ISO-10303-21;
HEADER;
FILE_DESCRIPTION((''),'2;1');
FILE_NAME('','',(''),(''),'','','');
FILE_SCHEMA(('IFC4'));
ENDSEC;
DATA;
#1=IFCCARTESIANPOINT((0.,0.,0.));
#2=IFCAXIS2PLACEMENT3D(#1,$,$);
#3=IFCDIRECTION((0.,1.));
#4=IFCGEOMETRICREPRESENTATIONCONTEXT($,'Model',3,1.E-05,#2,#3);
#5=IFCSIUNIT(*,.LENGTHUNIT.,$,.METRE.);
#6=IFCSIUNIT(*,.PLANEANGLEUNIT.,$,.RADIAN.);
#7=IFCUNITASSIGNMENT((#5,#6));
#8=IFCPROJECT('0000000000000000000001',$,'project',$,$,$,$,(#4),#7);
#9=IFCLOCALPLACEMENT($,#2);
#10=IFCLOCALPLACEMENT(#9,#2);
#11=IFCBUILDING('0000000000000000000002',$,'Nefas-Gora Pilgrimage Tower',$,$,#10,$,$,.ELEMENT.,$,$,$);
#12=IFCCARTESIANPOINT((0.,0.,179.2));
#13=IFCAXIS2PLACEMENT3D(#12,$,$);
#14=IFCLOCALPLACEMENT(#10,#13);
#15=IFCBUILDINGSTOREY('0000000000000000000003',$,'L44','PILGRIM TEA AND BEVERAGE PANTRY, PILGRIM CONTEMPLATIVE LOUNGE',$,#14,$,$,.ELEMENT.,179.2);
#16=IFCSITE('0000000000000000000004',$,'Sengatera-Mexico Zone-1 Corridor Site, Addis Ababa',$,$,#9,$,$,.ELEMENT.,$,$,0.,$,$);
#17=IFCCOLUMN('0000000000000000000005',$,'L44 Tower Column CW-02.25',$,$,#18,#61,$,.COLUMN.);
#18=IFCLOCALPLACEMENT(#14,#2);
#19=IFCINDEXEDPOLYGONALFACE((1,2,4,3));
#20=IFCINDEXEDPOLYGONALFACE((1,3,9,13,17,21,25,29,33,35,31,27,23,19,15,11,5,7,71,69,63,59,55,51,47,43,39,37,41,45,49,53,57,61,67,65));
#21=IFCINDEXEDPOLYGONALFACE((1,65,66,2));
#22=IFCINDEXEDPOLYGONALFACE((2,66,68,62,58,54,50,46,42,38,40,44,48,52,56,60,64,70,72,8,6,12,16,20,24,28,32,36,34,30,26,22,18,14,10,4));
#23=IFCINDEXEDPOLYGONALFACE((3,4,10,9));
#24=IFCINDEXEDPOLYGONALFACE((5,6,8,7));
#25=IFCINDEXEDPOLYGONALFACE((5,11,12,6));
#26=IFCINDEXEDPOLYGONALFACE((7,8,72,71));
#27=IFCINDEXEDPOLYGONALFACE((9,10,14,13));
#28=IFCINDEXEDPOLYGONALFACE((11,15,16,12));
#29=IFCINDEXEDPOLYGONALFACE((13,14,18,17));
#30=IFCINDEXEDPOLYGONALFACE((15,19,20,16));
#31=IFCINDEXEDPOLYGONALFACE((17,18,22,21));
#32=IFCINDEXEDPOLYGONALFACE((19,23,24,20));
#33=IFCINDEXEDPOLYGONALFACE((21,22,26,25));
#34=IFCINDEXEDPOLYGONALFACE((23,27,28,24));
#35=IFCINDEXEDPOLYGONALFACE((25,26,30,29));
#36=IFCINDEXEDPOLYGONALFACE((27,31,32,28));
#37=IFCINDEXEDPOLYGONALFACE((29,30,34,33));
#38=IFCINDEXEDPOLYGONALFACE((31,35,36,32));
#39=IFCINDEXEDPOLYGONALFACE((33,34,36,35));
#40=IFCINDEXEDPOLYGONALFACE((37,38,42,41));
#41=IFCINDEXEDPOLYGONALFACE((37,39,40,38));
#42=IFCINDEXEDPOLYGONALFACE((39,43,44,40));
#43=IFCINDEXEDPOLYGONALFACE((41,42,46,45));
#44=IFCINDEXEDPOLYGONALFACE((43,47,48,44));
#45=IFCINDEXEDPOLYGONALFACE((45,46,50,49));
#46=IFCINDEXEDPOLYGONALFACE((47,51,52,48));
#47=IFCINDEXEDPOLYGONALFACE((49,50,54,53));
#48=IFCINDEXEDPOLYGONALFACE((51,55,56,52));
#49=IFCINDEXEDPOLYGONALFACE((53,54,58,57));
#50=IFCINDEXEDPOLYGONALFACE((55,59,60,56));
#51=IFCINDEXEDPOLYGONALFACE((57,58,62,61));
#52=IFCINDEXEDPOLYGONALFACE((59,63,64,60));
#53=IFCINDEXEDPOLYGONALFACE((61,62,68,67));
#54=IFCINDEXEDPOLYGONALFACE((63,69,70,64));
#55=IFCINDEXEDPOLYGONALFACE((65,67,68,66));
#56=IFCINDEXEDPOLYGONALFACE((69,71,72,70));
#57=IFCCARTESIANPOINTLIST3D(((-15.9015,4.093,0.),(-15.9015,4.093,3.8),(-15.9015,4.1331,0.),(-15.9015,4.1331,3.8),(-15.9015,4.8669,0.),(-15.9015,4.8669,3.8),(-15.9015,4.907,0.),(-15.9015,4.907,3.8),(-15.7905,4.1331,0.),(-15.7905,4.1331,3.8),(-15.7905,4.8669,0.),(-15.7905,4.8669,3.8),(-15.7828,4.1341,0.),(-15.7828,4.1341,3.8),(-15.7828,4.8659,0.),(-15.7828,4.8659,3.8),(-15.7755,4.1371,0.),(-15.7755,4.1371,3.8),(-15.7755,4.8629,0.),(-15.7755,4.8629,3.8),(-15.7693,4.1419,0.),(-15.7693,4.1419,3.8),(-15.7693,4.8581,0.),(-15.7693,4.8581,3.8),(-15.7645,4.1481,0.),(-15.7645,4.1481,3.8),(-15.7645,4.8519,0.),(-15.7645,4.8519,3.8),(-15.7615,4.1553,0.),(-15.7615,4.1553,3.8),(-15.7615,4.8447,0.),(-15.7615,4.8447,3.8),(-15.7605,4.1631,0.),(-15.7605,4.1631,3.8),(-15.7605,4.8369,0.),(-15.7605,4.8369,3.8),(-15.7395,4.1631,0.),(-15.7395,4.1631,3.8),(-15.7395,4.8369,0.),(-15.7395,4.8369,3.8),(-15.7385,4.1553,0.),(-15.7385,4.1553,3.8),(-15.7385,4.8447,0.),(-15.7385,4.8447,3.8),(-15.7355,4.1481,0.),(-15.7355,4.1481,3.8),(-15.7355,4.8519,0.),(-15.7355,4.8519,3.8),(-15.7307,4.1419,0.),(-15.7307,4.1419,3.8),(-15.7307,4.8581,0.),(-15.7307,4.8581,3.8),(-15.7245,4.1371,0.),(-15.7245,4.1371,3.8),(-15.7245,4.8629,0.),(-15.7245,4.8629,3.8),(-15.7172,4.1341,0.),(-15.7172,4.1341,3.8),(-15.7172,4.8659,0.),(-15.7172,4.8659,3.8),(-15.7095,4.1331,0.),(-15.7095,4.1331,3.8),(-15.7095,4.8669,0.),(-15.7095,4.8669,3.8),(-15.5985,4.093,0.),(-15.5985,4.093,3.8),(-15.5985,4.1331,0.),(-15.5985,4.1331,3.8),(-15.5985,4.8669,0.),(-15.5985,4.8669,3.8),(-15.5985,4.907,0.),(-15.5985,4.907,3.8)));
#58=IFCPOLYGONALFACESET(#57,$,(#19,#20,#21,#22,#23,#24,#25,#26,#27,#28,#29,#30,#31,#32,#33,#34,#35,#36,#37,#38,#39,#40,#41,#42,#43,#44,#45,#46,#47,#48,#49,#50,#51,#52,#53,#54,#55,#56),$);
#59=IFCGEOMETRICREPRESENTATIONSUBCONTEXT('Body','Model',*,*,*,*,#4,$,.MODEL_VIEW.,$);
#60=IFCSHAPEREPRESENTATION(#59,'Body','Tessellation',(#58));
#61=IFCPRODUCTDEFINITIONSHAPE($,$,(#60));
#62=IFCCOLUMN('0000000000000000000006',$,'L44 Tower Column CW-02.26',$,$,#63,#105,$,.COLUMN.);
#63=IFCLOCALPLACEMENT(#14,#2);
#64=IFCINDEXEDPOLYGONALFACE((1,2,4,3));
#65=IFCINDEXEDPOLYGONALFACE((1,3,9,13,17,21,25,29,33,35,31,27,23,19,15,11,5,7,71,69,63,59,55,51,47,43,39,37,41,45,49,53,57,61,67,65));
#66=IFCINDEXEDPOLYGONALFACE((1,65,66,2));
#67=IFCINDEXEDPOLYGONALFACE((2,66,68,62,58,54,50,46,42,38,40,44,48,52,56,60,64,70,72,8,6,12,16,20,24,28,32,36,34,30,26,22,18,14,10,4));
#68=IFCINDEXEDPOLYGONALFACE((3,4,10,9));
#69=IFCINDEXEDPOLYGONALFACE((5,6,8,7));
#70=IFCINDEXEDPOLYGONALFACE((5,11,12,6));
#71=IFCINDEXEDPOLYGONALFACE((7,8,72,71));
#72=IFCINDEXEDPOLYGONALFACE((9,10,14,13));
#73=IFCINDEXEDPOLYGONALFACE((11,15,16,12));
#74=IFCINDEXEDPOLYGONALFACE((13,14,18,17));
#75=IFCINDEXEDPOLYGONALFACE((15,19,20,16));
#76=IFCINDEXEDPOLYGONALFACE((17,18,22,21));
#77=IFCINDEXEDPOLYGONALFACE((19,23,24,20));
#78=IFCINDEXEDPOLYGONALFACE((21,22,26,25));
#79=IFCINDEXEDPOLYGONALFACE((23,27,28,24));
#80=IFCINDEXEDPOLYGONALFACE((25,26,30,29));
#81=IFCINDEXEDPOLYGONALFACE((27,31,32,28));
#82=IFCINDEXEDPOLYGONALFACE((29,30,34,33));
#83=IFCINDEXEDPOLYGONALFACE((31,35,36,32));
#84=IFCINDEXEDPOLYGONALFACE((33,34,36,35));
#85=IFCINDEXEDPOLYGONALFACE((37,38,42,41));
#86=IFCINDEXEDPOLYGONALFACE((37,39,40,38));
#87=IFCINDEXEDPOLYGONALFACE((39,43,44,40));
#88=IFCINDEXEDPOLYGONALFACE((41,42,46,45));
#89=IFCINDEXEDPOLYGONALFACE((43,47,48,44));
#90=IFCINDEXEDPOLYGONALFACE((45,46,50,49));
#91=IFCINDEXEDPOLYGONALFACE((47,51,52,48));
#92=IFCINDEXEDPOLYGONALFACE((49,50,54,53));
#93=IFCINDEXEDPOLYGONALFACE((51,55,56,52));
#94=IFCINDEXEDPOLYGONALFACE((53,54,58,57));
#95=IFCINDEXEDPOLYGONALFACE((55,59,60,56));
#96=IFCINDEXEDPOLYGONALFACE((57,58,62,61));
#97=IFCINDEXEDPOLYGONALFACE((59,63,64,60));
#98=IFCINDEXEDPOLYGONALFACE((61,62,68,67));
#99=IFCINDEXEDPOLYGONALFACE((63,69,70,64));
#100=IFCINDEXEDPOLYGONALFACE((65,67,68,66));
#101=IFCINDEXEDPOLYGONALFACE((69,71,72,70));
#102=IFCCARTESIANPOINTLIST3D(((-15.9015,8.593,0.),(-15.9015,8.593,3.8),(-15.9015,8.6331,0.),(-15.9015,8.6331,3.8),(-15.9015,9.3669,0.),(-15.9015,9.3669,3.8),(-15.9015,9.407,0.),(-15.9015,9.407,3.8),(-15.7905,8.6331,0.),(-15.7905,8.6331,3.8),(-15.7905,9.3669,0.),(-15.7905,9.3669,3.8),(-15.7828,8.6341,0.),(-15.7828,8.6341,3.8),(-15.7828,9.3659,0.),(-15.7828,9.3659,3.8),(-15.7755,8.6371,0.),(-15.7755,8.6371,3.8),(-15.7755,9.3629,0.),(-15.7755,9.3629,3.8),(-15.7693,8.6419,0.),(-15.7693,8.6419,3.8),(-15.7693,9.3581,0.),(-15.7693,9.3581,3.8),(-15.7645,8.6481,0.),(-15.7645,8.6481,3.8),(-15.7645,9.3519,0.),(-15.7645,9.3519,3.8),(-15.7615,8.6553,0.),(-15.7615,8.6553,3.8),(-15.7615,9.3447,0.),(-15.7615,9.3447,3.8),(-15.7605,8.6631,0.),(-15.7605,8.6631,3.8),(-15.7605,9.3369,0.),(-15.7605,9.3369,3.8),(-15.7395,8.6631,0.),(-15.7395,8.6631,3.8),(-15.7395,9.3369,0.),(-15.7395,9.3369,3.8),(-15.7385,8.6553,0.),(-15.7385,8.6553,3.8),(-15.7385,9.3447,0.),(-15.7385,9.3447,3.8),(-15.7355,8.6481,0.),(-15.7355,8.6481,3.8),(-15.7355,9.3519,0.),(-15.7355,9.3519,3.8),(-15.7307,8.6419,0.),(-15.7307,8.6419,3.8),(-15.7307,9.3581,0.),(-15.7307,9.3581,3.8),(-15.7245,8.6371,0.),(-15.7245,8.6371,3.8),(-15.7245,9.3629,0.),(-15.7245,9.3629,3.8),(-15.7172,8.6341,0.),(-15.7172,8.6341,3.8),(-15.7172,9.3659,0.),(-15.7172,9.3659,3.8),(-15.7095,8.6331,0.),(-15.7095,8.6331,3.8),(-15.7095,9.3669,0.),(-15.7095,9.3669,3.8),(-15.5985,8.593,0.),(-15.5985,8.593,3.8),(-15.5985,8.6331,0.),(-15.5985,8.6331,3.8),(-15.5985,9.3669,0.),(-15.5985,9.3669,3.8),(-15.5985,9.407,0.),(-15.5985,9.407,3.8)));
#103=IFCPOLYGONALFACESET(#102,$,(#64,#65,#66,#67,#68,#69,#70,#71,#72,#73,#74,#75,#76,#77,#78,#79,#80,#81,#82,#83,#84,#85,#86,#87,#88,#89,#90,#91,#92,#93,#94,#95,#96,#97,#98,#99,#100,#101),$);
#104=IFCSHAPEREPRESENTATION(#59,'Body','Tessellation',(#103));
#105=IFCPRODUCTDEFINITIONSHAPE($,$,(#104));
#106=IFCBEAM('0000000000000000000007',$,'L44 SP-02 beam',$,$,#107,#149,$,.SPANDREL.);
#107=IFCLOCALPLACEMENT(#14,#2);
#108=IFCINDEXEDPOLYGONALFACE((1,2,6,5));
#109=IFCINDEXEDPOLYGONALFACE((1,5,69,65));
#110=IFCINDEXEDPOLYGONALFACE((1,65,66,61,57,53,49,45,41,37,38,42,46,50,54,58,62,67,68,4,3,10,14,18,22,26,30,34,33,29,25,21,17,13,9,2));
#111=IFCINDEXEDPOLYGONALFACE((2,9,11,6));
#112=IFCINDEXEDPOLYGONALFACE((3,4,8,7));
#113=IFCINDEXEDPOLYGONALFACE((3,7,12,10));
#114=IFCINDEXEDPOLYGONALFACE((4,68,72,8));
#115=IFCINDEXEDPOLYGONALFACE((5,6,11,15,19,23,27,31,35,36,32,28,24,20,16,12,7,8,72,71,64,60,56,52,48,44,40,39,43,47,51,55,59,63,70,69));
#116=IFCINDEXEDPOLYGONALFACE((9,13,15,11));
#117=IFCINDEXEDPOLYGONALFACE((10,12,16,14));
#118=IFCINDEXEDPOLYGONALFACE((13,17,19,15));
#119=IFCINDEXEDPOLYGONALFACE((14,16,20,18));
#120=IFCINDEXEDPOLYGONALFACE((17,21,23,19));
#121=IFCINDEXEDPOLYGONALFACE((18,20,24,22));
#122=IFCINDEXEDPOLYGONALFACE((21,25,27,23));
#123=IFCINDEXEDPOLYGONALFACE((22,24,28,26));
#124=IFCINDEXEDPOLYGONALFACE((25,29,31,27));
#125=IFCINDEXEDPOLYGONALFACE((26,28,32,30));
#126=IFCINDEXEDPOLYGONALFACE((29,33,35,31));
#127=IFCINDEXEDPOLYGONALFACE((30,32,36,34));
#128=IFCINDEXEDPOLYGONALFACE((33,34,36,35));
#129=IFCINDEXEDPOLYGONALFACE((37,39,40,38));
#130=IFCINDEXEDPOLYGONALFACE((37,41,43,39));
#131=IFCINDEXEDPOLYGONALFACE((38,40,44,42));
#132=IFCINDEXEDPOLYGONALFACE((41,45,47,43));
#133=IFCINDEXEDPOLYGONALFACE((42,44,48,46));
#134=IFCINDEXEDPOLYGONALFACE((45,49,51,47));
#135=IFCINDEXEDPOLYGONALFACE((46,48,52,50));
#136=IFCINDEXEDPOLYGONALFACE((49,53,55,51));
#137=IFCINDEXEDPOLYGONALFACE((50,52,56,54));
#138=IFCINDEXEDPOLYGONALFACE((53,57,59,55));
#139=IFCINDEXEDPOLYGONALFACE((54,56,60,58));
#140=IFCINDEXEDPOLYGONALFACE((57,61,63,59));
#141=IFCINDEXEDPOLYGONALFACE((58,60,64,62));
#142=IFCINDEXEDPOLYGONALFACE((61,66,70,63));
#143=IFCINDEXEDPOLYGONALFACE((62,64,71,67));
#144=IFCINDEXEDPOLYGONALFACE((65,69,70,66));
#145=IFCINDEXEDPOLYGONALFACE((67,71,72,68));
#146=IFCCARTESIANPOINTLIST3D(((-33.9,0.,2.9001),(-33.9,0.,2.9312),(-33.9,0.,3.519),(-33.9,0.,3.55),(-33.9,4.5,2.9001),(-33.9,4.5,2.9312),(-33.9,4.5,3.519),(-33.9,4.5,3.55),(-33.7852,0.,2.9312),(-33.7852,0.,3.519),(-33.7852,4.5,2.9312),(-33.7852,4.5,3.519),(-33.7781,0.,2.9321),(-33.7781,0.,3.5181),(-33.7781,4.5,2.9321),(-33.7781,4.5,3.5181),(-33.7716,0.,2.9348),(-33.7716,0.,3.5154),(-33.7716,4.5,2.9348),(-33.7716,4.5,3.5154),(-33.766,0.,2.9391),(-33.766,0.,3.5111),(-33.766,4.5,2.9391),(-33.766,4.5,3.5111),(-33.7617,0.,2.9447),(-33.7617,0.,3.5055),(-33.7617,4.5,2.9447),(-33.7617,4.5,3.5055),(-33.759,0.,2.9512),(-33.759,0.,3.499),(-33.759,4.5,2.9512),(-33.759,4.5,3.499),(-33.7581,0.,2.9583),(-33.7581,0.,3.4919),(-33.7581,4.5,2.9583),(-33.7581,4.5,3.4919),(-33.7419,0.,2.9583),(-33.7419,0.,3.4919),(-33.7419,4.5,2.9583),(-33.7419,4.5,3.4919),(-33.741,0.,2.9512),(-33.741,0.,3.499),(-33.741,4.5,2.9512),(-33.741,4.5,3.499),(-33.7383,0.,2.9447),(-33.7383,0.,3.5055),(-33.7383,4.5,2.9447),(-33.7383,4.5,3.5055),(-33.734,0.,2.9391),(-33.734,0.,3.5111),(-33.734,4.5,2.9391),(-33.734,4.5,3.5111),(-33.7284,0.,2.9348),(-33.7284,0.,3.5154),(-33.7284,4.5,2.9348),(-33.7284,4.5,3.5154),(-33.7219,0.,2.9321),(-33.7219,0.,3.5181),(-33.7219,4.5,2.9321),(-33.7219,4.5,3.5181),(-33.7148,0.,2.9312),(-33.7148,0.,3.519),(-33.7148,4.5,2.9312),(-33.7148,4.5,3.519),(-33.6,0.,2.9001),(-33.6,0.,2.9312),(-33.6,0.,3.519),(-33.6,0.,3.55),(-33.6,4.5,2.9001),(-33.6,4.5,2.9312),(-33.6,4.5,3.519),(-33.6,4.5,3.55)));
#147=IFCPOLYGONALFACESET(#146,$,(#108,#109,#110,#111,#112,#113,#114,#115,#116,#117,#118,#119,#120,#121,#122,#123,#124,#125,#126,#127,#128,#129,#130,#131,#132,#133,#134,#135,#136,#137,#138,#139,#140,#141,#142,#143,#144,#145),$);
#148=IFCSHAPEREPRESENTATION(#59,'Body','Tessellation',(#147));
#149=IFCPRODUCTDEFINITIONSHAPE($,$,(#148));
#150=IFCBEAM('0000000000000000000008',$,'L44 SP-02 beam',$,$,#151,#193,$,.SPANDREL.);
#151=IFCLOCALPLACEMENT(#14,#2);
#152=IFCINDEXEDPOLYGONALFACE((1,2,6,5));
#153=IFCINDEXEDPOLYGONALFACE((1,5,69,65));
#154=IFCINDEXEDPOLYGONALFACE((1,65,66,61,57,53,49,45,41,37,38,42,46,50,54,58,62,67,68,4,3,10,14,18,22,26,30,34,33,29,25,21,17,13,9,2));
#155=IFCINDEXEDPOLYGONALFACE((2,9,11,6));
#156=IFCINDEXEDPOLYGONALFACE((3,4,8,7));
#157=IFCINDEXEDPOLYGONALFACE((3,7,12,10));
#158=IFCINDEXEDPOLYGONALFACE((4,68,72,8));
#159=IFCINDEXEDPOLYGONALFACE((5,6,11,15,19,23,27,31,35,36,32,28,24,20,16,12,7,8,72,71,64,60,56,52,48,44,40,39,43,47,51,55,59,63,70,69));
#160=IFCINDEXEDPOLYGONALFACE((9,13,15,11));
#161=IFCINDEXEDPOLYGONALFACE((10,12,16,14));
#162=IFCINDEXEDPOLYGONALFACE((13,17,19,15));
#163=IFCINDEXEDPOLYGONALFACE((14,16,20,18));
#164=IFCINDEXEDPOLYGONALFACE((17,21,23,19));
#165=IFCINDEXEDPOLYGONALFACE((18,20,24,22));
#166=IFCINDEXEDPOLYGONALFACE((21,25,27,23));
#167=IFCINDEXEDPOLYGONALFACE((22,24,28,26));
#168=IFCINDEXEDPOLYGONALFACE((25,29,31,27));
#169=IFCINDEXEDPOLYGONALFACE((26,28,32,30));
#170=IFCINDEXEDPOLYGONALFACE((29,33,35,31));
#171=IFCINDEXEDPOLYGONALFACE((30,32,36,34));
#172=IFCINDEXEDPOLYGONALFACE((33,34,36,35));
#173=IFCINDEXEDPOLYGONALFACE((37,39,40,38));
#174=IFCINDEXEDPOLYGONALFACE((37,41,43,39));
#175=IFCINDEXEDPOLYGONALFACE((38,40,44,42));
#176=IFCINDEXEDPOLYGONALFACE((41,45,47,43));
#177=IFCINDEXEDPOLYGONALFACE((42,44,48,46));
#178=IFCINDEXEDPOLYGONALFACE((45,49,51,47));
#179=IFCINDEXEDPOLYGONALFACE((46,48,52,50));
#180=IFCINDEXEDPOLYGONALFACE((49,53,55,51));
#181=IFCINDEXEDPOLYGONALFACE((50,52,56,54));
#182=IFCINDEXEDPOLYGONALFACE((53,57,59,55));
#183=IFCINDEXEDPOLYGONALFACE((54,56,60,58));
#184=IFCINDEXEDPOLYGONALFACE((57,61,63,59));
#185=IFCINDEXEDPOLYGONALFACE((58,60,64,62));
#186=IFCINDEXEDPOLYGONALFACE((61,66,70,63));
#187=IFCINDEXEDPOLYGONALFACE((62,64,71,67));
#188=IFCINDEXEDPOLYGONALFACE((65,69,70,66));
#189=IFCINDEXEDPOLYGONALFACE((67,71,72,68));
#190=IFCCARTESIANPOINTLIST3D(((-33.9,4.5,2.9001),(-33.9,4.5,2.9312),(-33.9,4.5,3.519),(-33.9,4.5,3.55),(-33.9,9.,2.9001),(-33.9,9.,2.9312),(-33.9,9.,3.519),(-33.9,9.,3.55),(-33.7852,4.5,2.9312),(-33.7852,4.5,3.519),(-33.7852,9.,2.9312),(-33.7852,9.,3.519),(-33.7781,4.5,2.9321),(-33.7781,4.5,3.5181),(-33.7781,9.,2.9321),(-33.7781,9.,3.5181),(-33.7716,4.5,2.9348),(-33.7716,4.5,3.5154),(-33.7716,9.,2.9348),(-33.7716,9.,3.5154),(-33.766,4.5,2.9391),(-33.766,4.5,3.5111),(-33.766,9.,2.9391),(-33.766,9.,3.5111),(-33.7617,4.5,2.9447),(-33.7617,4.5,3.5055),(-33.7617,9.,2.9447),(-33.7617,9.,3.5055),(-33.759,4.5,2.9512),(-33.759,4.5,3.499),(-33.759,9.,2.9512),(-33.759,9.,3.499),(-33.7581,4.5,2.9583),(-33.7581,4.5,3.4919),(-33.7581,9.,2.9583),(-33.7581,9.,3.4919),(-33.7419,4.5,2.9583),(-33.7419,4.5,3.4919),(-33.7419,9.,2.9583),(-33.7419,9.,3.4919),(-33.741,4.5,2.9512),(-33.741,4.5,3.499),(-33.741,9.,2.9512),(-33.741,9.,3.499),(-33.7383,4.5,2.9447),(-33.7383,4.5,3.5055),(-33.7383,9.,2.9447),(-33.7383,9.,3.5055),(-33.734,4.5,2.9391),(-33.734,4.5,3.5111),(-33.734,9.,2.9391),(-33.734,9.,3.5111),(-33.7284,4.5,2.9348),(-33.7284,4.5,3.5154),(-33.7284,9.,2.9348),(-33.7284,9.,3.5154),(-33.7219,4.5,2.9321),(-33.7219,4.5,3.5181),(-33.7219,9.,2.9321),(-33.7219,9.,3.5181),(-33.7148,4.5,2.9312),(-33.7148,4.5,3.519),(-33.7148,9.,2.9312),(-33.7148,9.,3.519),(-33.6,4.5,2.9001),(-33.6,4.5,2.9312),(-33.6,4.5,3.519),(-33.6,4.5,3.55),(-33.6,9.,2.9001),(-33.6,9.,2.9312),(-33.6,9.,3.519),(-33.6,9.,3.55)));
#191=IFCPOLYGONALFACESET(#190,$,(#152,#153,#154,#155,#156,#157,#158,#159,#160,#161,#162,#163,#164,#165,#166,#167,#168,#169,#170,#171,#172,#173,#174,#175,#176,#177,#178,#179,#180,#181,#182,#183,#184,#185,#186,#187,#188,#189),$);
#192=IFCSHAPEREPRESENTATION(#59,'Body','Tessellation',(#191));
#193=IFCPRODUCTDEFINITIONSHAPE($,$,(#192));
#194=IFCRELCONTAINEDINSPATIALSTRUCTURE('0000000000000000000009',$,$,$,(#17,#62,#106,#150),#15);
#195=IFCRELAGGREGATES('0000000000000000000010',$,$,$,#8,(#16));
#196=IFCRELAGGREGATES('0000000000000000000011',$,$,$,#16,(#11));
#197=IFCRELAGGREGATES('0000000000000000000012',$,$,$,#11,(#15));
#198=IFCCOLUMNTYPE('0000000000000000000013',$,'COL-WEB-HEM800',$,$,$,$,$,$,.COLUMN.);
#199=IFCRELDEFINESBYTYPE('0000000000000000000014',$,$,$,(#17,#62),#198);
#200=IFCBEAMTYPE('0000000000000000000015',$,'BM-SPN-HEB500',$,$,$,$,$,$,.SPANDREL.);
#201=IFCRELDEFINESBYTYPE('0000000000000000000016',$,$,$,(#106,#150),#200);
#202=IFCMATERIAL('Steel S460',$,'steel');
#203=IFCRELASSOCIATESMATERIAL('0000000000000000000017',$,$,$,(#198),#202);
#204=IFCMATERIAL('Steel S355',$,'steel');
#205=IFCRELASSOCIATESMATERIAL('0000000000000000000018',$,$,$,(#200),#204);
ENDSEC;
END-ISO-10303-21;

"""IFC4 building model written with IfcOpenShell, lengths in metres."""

from ifc_helpers import new_model, si_unit, direction, frame, origin, origin_2d, place, context, subcontext, project, spatial, i_section, extrude, source, transform, mapped, material, material_profile, profile_set, type_object, element, save


model = new_model("IFC4")

# Units and contexts
model_context = context("Model", 3, precision=1e-05, world=origin(), true_north=direction((0.0, 1.0)))
body_context = subcontext(model_context, "Body", "Model", "MODEL_VIEW")
ifc_project = project(units=[si_unit("LENGTHUNIT", "METRE"), si_unit("PLANEANGLEUNIT", "RADIAN")], contexts=[model_context])

# Site, building, storey
site_placement = place(None, origin())
site = spatial("IfcSite", under=ifc_project, at=site_placement, Name="Sengatera-Mexico Zone-1 Corridor Site, Addis Ababa", CompositionType="ELEMENT", RefElevation=0.0)
building_placement = place(site_placement, origin())
building = spatial("IfcBuilding", under=site, at=building_placement, Name="Nefas-Gora Pilgrimage Tower", CompositionType="ELEMENT")
storey_placement = place(building_placement, frame((0.0, 0.0, 179.2)))
storey = spatial("IfcBuildingStorey", under=building, at=storey_placement, Name="L44", Description="PILGRIM TEA AND BEVERAGE PANTRY, PILGRIM CONTEMPLATIVE LOUNGE", CompositionType="ELEMENT", Elevation=179.2)

# Columns
ifc_material_1 = material(Name="Steel S460", Category="steel")
ifc_material_profile_1 = material_profile(ifc_material_1, i_section(OverallWidth=0.303, OverallDepth=0.814, WebThickness=0.021, FlangeThickness=0.04, FilletRadius=0.03, at=origin_2d()), Name="HEM 800")
ifc_profile_set_1 = profile_set([ifc_material_profile_1], Name="Steel S460")
column_type_1 = type_object("IfcColumnType", Name="COL-WEB-HEM800", PredefinedType="COLUMN", material=ifc_profile_set_1)
shared_shape_1 = source(origin(), body_context, "Body", "SweptSolid", [
    extrude(i_section(OverallWidth=0.303, OverallDepth=0.814, WebThickness=0.021, FlangeThickness=0.04, FilletRadius=0.03, at=origin_2d()), origin(), (0.0, 0.0, 1.0), 3.8),
])
for number, where, z_axis, x_axis, name in (
    (1, (-15.75, 4.5, 0.0), (0.0, 0.0, 1.0), (1.0, 0.0, 0.0), "L44 Tower Column CW-02.25"),
    (2, (-15.75, 9.0, 0.0), (0.0, 0.0, 1.0), (1.0, 0.0, 0.0), "L44 Tower Column CW-02.26"),
):
    element("IfcColumn", number, at=place(storey_placement, frame(where, z_axis=z_axis, x_axis=x_axis)), inside=storey, type_object=column_type_1, Name=name, PredefinedType="COLUMN", context=body_context, shape_type="MappedRepresentation", body=[
        mapped(shared_shape_1, transform((0.0, 0.0, 0.0), x_axis=(1.0, 0.0, 0.0), y_axis=(0.0, 1.0, 0.0), z_axis=(0.0, 0.0, 1.0), scale=1.0)),
    ])

# Beams
ifc_material_2 = material(Name="Steel S355", Category="steel")
ifc_material_profile_2 = material_profile(ifc_material_2, i_section(OverallWidth=0.3, OverallDepth=0.6499, WebThickness=0.0161, FlangeThickness=0.031, FilletRadius=0.0271, at=origin_2d()), Name="HEB 650")
ifc_profile_set_2 = profile_set([ifc_material_profile_2], Name="Steel S355")
beam_type_1 = type_object("IfcBeamType", Name="BM-SPN-HEB500", PredefinedType="SPANDREL", material=ifc_profile_set_2)
shared_shape_2 = source(origin(), body_context, "Body", "SweptSolid", [
    extrude(i_section(OverallWidth=0.3, OverallDepth=0.6499, WebThickness=0.0161, FlangeThickness=0.031, FilletRadius=0.0271, at=origin_2d()), origin(), (0.0, 0.0, 1.0), 4.5),
])
for number, where, z_axis, x_axis, name in (
    (3, (-33.75, 0.0, 3.2251), (0.0, 1.0, 0.0), (-1.0, 0.0, 0.0), "L44 SP-02 beam"),
    (4, (-33.75, 4.5, 3.2251), (0.0, 1.0, 0.0), (-1.0, 0.0, 0.0), "L44 SP-02 beam"),
):
    element("IfcBeam", number, at=place(storey_placement, frame(where, z_axis=z_axis, x_axis=x_axis)), inside=storey, type_object=beam_type_1, Name=name, PredefinedType="SPANDREL", context=body_context, shape_type="MappedRepresentation", body=[
        mapped(shared_shape_2, transform((0.0, 0.0, 0.0), x_axis=(1.0, 0.0, 0.0), y_axis=(0.0, 1.0, 0.0), z_axis=(0.0, 0.0, 1.0), scale=1.0)),
    ])

save(model, "model.ifc")
